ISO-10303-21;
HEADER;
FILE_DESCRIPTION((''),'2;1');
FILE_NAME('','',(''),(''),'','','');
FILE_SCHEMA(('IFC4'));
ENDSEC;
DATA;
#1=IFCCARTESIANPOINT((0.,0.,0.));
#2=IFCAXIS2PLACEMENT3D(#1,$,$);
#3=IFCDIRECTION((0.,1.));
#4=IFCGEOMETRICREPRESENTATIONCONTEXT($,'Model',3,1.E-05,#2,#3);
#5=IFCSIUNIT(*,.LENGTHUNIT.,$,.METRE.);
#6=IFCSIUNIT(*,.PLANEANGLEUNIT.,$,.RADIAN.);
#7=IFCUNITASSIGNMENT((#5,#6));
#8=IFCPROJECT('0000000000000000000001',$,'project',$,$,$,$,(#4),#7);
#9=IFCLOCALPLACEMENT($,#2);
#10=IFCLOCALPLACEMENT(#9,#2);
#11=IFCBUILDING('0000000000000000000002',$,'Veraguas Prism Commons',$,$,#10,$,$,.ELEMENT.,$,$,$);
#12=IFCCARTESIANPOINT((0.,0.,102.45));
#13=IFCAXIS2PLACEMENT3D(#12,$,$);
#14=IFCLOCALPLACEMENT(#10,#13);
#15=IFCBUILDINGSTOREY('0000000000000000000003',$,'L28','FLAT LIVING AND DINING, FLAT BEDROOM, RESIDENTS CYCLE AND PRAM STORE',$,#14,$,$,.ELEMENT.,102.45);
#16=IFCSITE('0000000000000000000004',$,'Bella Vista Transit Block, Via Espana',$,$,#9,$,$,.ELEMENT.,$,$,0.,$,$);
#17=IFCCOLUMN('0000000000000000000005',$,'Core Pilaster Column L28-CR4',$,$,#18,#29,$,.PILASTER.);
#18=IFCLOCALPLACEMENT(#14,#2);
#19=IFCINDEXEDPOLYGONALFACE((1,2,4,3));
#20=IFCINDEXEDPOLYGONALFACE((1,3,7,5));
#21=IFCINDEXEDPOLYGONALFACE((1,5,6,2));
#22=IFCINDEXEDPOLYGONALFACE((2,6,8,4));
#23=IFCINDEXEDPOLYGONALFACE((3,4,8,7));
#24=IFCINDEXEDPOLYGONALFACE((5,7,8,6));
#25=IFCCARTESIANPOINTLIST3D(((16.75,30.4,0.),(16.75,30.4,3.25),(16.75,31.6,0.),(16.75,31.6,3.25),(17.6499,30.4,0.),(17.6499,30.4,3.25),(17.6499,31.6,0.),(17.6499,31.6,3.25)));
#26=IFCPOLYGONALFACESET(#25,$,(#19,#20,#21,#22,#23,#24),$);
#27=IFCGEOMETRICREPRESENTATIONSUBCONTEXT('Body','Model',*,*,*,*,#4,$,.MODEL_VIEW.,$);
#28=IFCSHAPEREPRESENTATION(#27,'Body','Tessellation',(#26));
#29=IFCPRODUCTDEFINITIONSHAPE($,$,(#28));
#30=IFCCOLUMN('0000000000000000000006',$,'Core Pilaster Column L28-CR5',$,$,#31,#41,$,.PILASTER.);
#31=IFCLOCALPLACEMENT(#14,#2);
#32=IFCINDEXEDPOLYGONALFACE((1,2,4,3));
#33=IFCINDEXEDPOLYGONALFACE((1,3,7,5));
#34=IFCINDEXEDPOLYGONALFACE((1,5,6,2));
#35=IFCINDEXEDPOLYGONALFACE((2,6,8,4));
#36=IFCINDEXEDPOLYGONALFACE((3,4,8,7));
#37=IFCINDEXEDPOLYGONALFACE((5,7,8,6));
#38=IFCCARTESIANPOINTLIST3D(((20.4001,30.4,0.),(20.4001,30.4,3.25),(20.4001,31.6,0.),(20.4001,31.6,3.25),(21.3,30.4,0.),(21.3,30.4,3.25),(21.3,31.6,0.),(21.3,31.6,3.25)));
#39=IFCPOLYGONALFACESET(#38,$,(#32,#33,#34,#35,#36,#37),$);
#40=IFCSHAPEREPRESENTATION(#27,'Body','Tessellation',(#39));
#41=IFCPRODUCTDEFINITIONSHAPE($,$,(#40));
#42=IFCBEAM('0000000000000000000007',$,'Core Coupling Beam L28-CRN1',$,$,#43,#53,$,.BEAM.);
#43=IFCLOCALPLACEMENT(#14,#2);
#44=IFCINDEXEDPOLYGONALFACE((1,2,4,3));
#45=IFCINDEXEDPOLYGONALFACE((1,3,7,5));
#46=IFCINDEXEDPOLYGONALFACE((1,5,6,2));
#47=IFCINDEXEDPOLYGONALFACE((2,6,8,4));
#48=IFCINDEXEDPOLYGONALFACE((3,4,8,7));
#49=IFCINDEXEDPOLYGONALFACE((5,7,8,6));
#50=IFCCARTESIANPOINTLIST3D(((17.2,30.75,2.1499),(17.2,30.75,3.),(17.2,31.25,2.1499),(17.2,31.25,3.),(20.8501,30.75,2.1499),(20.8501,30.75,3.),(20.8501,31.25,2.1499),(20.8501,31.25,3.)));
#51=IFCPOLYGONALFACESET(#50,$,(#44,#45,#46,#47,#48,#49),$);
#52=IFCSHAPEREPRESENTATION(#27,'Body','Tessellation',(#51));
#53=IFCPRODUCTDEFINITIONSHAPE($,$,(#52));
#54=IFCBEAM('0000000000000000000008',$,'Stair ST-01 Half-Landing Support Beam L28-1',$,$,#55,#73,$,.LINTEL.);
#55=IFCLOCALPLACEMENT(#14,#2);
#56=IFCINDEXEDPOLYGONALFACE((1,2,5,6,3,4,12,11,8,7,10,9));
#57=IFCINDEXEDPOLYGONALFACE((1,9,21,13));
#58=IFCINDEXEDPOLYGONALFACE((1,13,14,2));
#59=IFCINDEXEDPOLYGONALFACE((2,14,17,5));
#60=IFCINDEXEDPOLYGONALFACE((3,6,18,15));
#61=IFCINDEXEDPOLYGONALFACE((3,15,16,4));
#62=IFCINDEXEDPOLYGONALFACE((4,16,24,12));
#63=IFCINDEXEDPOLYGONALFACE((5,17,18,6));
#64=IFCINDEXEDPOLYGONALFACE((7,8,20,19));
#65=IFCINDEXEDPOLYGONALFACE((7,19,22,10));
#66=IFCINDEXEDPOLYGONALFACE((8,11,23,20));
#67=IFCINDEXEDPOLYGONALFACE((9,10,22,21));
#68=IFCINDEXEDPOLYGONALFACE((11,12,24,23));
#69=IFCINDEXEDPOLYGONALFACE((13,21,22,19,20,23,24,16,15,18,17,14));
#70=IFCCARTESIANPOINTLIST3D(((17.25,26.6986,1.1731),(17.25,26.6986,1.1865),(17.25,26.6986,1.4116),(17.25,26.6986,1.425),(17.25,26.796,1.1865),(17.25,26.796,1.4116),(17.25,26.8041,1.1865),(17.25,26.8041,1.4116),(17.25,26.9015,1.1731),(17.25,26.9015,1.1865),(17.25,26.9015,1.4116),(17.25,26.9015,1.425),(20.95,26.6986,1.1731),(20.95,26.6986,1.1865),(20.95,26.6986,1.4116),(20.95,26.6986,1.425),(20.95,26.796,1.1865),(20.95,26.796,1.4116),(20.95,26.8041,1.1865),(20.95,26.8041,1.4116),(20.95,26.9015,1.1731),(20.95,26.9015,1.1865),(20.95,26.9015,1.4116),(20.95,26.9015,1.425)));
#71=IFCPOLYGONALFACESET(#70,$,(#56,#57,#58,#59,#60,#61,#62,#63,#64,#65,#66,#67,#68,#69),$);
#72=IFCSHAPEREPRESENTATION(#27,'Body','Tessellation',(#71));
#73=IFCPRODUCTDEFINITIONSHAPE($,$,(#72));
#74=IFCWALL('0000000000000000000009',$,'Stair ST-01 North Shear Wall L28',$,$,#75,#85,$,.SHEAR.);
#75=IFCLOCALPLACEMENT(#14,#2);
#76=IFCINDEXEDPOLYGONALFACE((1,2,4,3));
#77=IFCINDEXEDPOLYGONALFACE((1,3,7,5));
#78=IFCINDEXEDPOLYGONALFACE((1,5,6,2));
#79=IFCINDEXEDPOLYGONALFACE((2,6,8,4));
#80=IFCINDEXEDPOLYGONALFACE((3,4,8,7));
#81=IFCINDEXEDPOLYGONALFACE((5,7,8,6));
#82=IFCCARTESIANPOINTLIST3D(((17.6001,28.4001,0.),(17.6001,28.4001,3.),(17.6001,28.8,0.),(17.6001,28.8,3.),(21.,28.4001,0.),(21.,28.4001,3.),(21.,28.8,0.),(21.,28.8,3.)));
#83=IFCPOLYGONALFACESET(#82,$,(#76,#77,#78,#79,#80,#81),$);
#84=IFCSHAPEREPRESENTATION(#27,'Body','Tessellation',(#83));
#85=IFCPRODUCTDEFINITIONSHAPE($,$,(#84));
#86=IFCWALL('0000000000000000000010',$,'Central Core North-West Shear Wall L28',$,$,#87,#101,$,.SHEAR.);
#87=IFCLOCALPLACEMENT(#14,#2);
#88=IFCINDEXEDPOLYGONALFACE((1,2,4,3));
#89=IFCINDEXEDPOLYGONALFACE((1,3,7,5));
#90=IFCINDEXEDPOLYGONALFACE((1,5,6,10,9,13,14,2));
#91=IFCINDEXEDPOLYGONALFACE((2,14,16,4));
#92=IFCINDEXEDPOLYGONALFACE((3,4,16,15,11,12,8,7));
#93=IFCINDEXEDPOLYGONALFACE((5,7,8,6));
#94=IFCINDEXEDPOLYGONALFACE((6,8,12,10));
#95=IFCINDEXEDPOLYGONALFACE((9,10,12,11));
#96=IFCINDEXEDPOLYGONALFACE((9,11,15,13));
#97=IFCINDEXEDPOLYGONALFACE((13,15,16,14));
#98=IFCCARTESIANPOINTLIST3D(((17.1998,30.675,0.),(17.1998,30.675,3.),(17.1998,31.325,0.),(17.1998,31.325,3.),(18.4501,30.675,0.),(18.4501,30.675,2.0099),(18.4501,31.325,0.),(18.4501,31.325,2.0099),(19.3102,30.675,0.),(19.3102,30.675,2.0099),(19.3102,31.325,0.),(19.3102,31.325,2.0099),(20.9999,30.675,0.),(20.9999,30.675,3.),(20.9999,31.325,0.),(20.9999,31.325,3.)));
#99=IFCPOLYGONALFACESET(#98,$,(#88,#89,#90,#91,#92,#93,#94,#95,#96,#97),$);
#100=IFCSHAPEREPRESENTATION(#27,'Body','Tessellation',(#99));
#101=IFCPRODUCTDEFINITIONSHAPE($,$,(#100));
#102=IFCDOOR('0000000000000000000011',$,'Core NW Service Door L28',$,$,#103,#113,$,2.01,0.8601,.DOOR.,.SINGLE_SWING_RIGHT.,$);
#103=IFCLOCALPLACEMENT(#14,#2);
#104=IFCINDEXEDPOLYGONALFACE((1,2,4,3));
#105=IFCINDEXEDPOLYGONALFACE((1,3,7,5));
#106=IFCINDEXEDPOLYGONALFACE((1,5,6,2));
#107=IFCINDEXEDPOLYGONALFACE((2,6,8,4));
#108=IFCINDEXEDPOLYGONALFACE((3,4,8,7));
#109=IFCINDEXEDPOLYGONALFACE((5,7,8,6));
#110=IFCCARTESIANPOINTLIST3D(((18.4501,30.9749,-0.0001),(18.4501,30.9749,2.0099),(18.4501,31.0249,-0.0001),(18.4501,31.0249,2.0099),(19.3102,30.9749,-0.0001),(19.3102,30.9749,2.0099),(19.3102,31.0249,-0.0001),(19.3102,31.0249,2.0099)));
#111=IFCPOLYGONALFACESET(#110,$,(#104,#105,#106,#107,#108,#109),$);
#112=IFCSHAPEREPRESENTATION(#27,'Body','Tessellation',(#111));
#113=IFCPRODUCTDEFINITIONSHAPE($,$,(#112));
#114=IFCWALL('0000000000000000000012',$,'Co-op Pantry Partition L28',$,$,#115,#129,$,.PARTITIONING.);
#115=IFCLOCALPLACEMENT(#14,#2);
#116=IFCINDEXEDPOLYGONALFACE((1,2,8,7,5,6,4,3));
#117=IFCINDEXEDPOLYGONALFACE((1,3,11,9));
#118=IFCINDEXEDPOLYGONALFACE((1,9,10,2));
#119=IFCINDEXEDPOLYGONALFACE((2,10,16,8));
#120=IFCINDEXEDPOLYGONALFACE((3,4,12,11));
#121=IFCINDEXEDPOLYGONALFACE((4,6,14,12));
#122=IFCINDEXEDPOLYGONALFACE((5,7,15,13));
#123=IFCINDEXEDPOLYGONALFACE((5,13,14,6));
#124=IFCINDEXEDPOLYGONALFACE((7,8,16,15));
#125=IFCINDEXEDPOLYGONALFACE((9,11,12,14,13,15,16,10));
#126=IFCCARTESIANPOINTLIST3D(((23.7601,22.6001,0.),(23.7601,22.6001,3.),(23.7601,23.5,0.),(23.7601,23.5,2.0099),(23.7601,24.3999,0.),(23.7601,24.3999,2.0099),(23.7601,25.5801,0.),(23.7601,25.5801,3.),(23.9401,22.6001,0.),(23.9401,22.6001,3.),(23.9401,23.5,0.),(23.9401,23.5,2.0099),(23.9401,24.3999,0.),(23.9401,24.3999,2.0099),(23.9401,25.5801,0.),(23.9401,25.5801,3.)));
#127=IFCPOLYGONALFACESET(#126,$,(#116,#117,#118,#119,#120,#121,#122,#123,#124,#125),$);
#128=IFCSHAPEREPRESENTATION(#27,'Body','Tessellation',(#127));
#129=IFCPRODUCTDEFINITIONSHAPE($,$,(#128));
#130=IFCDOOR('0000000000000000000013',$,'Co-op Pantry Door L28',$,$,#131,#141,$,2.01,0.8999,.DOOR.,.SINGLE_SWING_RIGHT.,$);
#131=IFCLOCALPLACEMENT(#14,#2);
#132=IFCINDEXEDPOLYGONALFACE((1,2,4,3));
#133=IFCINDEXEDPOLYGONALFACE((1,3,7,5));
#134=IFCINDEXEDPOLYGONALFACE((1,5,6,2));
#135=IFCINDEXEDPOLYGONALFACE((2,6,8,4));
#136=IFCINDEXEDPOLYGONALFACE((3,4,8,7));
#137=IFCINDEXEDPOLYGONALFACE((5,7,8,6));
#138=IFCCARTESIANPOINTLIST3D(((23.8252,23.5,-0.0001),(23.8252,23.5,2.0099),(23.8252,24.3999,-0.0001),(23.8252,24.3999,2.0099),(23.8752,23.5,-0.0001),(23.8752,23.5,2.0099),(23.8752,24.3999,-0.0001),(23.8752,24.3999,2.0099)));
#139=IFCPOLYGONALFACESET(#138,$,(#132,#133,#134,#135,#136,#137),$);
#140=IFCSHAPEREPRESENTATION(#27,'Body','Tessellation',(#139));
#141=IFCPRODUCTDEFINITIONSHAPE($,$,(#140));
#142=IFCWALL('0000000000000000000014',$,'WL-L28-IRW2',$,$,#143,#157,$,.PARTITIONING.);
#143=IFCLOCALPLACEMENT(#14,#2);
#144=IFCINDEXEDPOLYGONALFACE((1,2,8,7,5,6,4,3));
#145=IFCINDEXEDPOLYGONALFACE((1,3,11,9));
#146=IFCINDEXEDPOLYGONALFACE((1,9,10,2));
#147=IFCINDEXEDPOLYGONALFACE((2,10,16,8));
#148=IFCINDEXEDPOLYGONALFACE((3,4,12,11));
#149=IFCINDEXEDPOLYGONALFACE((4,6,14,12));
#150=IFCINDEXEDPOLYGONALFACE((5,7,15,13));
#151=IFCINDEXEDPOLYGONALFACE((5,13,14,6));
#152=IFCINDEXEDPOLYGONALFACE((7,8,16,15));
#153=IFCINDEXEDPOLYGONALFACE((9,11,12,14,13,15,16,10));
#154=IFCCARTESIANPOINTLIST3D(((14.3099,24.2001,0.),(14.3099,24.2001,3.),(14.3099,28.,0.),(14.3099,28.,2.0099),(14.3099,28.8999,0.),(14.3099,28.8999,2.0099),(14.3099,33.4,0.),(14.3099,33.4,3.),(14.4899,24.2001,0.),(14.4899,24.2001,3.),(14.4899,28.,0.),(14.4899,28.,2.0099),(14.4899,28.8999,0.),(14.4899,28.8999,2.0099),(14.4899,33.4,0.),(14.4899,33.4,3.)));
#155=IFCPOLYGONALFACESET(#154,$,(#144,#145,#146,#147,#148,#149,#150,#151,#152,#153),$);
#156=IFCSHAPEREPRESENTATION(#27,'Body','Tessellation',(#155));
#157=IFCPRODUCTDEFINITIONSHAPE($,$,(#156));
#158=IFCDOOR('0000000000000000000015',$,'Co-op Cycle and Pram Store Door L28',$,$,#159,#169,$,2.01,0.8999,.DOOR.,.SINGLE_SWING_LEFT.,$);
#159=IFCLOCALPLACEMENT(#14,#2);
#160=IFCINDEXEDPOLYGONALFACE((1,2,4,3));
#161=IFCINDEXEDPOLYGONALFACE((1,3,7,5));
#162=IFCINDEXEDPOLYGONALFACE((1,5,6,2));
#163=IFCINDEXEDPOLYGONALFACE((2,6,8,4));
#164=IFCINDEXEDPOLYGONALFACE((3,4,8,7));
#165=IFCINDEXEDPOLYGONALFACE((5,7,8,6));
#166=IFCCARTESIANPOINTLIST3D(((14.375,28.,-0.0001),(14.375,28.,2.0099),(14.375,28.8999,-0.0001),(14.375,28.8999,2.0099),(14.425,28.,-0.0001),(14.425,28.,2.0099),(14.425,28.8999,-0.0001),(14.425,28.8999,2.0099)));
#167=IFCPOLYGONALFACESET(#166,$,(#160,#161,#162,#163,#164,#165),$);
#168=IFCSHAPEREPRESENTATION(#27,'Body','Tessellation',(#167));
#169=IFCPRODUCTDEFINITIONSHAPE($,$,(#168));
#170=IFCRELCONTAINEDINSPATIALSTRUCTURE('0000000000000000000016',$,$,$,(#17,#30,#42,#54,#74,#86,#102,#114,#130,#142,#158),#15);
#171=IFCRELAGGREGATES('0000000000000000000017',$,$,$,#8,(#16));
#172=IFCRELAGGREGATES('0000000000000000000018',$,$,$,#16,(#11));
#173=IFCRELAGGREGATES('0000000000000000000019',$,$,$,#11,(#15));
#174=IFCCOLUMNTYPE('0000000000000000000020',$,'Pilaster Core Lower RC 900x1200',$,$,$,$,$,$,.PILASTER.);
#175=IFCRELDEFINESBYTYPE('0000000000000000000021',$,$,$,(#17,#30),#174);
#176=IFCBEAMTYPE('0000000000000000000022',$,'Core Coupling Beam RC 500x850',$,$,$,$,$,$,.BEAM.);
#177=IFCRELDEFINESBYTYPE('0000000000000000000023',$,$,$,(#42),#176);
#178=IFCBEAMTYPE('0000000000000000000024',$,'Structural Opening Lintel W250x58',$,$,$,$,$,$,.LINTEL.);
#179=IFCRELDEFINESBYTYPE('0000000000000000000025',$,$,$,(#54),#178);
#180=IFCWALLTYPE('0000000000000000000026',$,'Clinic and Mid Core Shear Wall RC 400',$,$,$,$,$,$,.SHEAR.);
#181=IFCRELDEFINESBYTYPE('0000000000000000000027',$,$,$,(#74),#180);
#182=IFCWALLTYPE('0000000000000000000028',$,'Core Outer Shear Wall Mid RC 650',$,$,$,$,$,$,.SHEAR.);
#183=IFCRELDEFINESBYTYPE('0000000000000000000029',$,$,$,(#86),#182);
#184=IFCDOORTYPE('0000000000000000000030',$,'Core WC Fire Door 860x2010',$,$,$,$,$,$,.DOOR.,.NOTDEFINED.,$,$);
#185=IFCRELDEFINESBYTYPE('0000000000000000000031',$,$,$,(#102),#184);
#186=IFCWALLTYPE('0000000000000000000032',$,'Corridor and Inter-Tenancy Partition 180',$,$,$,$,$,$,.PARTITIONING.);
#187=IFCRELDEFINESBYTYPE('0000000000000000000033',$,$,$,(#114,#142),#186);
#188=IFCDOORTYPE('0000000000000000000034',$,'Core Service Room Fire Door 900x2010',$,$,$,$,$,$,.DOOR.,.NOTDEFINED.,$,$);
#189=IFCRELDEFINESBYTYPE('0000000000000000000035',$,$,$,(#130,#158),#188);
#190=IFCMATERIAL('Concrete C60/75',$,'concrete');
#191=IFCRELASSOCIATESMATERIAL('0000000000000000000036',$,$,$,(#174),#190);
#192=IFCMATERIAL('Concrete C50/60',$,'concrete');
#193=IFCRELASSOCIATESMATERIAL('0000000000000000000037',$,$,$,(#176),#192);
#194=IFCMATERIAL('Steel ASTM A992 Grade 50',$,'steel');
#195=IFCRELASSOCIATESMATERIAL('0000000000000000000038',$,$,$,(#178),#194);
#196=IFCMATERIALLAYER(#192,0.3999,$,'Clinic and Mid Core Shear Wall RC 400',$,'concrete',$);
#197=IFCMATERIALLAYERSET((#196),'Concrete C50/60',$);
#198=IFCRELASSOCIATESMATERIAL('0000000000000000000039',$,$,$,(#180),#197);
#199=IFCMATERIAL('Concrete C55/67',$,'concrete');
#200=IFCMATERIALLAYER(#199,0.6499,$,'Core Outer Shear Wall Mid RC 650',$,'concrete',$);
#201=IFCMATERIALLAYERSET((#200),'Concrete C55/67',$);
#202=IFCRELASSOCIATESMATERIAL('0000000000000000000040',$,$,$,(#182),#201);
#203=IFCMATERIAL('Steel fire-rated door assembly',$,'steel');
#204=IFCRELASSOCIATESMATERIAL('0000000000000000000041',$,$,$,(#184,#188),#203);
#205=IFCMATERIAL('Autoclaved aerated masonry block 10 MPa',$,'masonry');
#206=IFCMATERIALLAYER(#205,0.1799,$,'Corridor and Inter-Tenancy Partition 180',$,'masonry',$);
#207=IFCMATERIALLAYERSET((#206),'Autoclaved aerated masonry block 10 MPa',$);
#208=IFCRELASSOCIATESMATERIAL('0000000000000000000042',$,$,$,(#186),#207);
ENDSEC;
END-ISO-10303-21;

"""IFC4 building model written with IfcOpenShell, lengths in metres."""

from ifc_helpers import new_model, si_unit, direction, frame, frame_2d, origin, origin_2d, place, context, subcontext, project, spatial, rectangle, i_section, extrude, source, transform, mapped, material, layer, layer_set, material_profile, profile_set, type_object, element, fill, save


model = new_model("IFC4")

# Units and contexts
model_context = context("Model", 3, precision=1e-05, world=origin(), true_north=direction((0.0, 1.0)))
body_context = subcontext(model_context, "Body", "Model", "MODEL_VIEW")
ifc_project = project(units=[si_unit("LENGTHUNIT", "METRE"), si_unit("PLANEANGLEUNIT", "RADIAN")], contexts=[model_context])

# Site, building, storey
site_placement = place(None, origin())
site = spatial("IfcSite", under=ifc_project, at=site_placement, Name="Bella Vista Transit Block, Via Espana", CompositionType="ELEMENT", RefElevation=0.0)
building_placement = place(site_placement, origin())
building = spatial("IfcBuilding", under=site, at=building_placement, Name="Veraguas Prism Commons", CompositionType="ELEMENT")
storey_placement = place(building_placement, frame((0.0, 0.0, 102.45)))
storey = spatial("IfcBuildingStorey", under=building, at=storey_placement, Name="L28", Description="FLAT LIVING AND DINING, FLAT BEDROOM, RESIDENTS CYCLE AND PRAM STORE", CompositionType="ELEMENT", Elevation=102.45)

# Columns
ifc_material_1 = material(Name="Concrete C60/75", Category="concrete")
ifc_material_profile_1 = material_profile(ifc_material_1, rectangle(XDim=0.8999, YDim=1.2, at=origin_2d()), Name="RC900X1200")
ifc_profile_set_1 = profile_set([ifc_material_profile_1], Name="Concrete C60/75")
column_type = type_object("IfcColumnType", Name="Pilaster Core Lower RC 900x1200", PredefinedType="PILASTER", material=ifc_profile_set_1)
for number, where, z_axis, x_axis, name in (
    (1, (17.2, 31.0, 0.0), (0.0, 0.0, 1.0), (1.0, 0.0, 0.0), "Core Pilaster Column L28-CR4"),
    (2, (20.8501, 31.0, 0.0), (0.0, 0.0, 1.0), (1.0, 0.0, 0.0), "Core Pilaster Column L28-CR5"),
):
    element("IfcColumn", number, at=place(storey_placement, frame(where, z_axis=z_axis, x_axis=x_axis)), inside=storey, type_object=column_type, Name=name, PredefinedType="PILASTER", context=body_context, shape_type="SweptSolid", body=[
        extrude(rectangle(XDim=0.8999, YDim=1.2, at=origin_2d()), origin(), (0.0, 0.0, 1.0), 3.25),
    ])

# Beams
ifc_material_2 = material(Name="Concrete C50/60", Category="concrete")
ifc_material_profile_2 = material_profile(ifc_material_2, rectangle(XDim=0.5, YDim=0.8501, at=origin_2d()), Name="RC500X850")
ifc_profile_set_2 = profile_set([ifc_material_profile_2], Name="Concrete C50/60")
beam_type_1 = type_object("IfcBeamType", Name="Core Coupling Beam RC 500x850", PredefinedType="BEAM", material=ifc_profile_set_2)
beam_1_placement = place(storey_placement, frame((17.2, 31.0, 2.575), z_axis=(1.0, 0.0, 0.0), x_axis=(0.0, 1.0, 0.0)))
element("IfcBeam", 3, at=beam_1_placement, inside=storey, type_object=beam_type_1, Name="Core Coupling Beam L28-CRN1", PredefinedType="BEAM", context=body_context, shape_type="SweptSolid", body=[
    extrude(rectangle(XDim=0.5, YDim=0.8501, at=origin_2d()), origin(), (0.0, 0.0, 1.0), 3.6501),
])
ifc_material_3 = material(Name="Steel ASTM A992 Grade 50", Category="steel")
ifc_material_profile_3 = material_profile(ifc_material_3, i_section(OverallWidth=0.2029, OverallDepth=0.252, WebThickness=0.0081, FlangeThickness=0.0134, at=origin_2d()), Name="W250X58")
ifc_profile_set_3 = profile_set([ifc_material_profile_3], Name="Steel ASTM A992 Grade 50")
beam_type_2 = type_object("IfcBeamType", Name="Structural Opening Lintel W250x58", PredefinedType="LINTEL", material=ifc_profile_set_3)
beam_2_placement = place(storey_placement, frame((17.25, 26.8, 1.2991), z_axis=(1.0, 0.0, 0.0), x_axis=(0.0, 1.0, 0.0)))
element("IfcBeam", 4, at=beam_2_placement, inside=storey, type_object=beam_type_2, Name="Stair ST-01 Half-Landing Support Beam L28-1", PredefinedType="LINTEL", context=body_context, shape_type="SweptSolid", body=[
    extrude(i_section(OverallWidth=0.2029, OverallDepth=0.252, WebThickness=0.0081, FlangeThickness=0.0134, at=origin_2d()), origin(), (0.0, 0.0, 1.0), 3.7),
])

# Wall
ifc_layer_1 = layer(ifc_material_2, 0.3999, Name="Clinic and Mid Core Shear Wall RC 400", Category="concrete")
ifc_layer_set_1 = layer_set([ifc_layer_1], Name="Concrete C50/60")
wall_type_1 = type_object("IfcWallType", Name="Clinic and Mid Core Shear Wall RC 400", PredefinedType="SHEAR", material=ifc_layer_set_1)
wall_1_placement = place(storey_placement, frame((17.6001, 28.6001, 0.0), z_axis=(0.0, 0.0, 1.0), x_axis=(1.0, 0.0, 0.0)))
element("IfcWall", 5, at=wall_1_placement, inside=storey, type_object=wall_type_1, Name="Stair ST-01 North Shear Wall L28", PredefinedType="SHEAR", context=body_context, shape_type="SweptSolid", body=[
    extrude(rectangle(XDim=3.3999, YDim=0.3999, at=frame_2d((1.7, 0.0))), origin(), (0.0, 0.0, 1.0), 3.0),
])

# Walls, openings, doors
ifc_material_4 = material(Name="Concrete C55/67", Category="concrete")
ifc_layer_2 = layer(ifc_material_4, 0.6499, Name="Core Outer Shear Wall Mid RC 650", Category="concrete")
ifc_layer_set_2 = layer_set([ifc_layer_2], Name="Concrete C55/67")
wall_type_2 = type_object("IfcWallType", Name="Core Outer Shear Wall Mid RC 650", PredefinedType="SHEAR", material=ifc_layer_set_2)
wall_2_placement = place(storey_placement, frame((17.2, 31.0, 0.0), z_axis=(0.0, 0.0, 1.0), x_axis=(1.0, 0.0, 0.0)))
wall_2 = element("IfcWall", 6, at=wall_2_placement, inside=storey, type_object=wall_type_2, Name="Central Core North-West Shear Wall L28", PredefinedType="SHEAR", context=body_context, shape_type="SweptSolid", body=[
    extrude(rectangle(XDim=3.8, YDim=0.6499, at=frame_2d((1.8999, 0.0))), origin(), (0.0, 0.0, 1.0), 3.0),
])
opening_1_placement = place(wall_2_placement, frame((1.25, 0.0, 0.0)))
opening_1 = element("IfcOpeningElement", 7, at=opening_1_placement, cuts=wall_2, PredefinedType="OPENING", context=body_context, shape_type="SweptSolid", body=[
    extrude(rectangle(XDim=0.8601, YDim=2.01, at=frame_2d((0.4302, 1.0049))), frame((0.0, 0.335, 0.0), z_axis=(0.0, -1.0, 0.0), x_axis=(1.0, 0.0, 0.0)), (0.0, 0.0, 1.0), 0.6699),
])
ifc_material_5 = material(Name="Steel fire-rated door assembly", Category="steel")
door_type_1 = type_object("IfcDoorType", Name="Core WC Fire Door 860x2010", OperationType="NOTDEFINED", PredefinedType="DOOR", material=ifc_material_5)
shared_shape_1 = source(origin(), body_context, "Body", "SweptSolid", [
    extrude(rectangle(XDim=0.8601, YDim=2.01, at=frame_2d((0.4302, 1.0049))), frame((0.0, 0.0249, 0.0), z_axis=(0.0, -1.0, 0.0), x_axis=(1.0, 0.0, 0.0)), (0.0, 0.0, 1.0), 0.05),
])
door_1_placement = place(opening_1_placement, origin())
door_1 = element("IfcDoor", 8, at=door_1_placement, inside=storey, type_object=door_type_1, Name="Core NW Service Door L28", OperationType="SINGLE_SWING_RIGHT", OverallHeight=2.01, OverallWidth=0.8601, PredefinedType="DOOR", context=body_context, shape_type="MappedRepresentation", body=[
    mapped(shared_shape_1, transform((0.0, 0.0, 0.0), scale=1.0)),
])
fill(opening_1, door_1)
ifc_material_6 = material(Name="Autoclaved aerated masonry block 10 MPa", Category="masonry")
ifc_layer_3 = layer(ifc_material_6, 0.1799, Name="Corridor and Inter-Tenancy Partition 180", Category="masonry")
ifc_layer_set_3 = layer_set([ifc_layer_3], Name="Autoclaved aerated masonry block 10 MPa")
wall_type_3 = type_object("IfcWallType", Name="Corridor and Inter-Tenancy Partition 180", PredefinedType="PARTITIONING", material=ifc_layer_set_3)
wall_3_placement = place(storey_placement, frame((23.8501, 22.6001, 0.0), z_axis=(0.0, 0.0, 1.0), x_axis=(0.0, 1.0, 0.0)))
wall_3 = element("IfcWall", 9, at=wall_3_placement, inside=storey, type_object=wall_type_3, Name="Co-op Pantry Partition L28", PredefinedType="PARTITIONING", context=body_context, shape_type="SweptSolid", body=[
    extrude(rectangle(XDim=2.98, YDim=0.1799, at=frame_2d((1.49, 0.0))), origin(), (0.0, 0.0, 1.0), 3.0),
])
opening_2_placement = place(wall_3_placement, frame((0.8999, 0.0, 0.0)))
opening_2 = element("IfcOpeningElement", 10, at=opening_2_placement, cuts=wall_3, PredefinedType="OPENING", context=body_context, shape_type="SweptSolid", body=[
    extrude(rectangle(XDim=0.8999, YDim=2.01, at=frame_2d((0.45, 1.0049))), frame((0.0, 0.0999, 0.0), z_axis=(0.0, -1.0, 0.0), x_axis=(1.0, 0.0, 0.0)), (0.0, 0.0, 1.0), 0.2),
])
door_type_2 = type_object("IfcDoorType", Name="Core Service Room Fire Door 900x2010", OperationType="NOTDEFINED", PredefinedType="DOOR", material=ifc_material_5)
shared_shape_2 = source(origin(), body_context, "Body", "SweptSolid", [
    extrude(rectangle(XDim=0.8999, YDim=2.01, at=frame_2d((0.45, 1.0049))), frame((0.0, 0.0249, 0.0), z_axis=(0.0, -1.0, 0.0), x_axis=(1.0, 0.0, 0.0)), (0.0, 0.0, 1.0), 0.05),
])
door_2_placement = place(opening_2_placement, origin())
door_2 = element("IfcDoor", 11, at=door_2_placement, inside=storey, type_object=door_type_2, Name="Co-op Pantry Door L28", OperationType="SINGLE_SWING_RIGHT", OverallHeight=2.01, OverallWidth=0.8999, PredefinedType="DOOR", context=body_context, shape_type="MappedRepresentation", body=[
    mapped(shared_shape_2, transform((0.0, 0.0, 0.0), scale=1.0)),
])
fill(opening_2, door_2)
wall_4_placement = place(storey_placement, frame((14.3999, 24.2, 0.0), z_axis=(0.0, 0.0, 1.0), x_axis=(0.0, 1.0, 0.0)))
wall_4 = element("IfcWall", 12, at=wall_4_placement, inside=storey, type_object=wall_type_3, Name="WL-L28-IRW2", PredefinedType="PARTITIONING", context=body_context, shape_type="SweptSolid", body=[
    extrude(rectangle(XDim=9.2, YDim=0.1799, at=frame_2d((4.6001, 0.0))), origin(), (0.0, 0.0, 1.0), 3.0),
])
opening_3_placement = place(wall_4_placement, frame((3.8, 0.0, 0.0)))
opening_3 = element("IfcOpeningElement", 13, at=opening_3_placement, cuts=wall_4, PredefinedType="OPENING", context=body_context, shape_type="SweptSolid", body=[
    extrude(rectangle(XDim=0.8999, YDim=2.01, at=frame_2d((0.45, 1.0049))), frame((0.0, 0.0999, 0.0), z_axis=(0.0, -1.0, 0.0), x_axis=(1.0, 0.0, 0.0)), (0.0, 0.0, 1.0), 0.2),
])
door_3_placement = place(opening_3_placement, origin())
door_3 = element("IfcDoor", 14, at=door_3_placement, inside=storey, type_object=door_type_2, Name="Co-op Cycle and Pram Store Door L28", OperationType="SINGLE_SWING_LEFT", OverallHeight=2.01, OverallWidth=0.8999, PredefinedType="DOOR", context=body_context, shape_type="MappedRepresentation", body=[
    mapped(shared_shape_2, transform((0.0, 0.0, 0.0), scale=1.0)),
])
fill(opening_3, door_3)

save(model, "model.ifc")
